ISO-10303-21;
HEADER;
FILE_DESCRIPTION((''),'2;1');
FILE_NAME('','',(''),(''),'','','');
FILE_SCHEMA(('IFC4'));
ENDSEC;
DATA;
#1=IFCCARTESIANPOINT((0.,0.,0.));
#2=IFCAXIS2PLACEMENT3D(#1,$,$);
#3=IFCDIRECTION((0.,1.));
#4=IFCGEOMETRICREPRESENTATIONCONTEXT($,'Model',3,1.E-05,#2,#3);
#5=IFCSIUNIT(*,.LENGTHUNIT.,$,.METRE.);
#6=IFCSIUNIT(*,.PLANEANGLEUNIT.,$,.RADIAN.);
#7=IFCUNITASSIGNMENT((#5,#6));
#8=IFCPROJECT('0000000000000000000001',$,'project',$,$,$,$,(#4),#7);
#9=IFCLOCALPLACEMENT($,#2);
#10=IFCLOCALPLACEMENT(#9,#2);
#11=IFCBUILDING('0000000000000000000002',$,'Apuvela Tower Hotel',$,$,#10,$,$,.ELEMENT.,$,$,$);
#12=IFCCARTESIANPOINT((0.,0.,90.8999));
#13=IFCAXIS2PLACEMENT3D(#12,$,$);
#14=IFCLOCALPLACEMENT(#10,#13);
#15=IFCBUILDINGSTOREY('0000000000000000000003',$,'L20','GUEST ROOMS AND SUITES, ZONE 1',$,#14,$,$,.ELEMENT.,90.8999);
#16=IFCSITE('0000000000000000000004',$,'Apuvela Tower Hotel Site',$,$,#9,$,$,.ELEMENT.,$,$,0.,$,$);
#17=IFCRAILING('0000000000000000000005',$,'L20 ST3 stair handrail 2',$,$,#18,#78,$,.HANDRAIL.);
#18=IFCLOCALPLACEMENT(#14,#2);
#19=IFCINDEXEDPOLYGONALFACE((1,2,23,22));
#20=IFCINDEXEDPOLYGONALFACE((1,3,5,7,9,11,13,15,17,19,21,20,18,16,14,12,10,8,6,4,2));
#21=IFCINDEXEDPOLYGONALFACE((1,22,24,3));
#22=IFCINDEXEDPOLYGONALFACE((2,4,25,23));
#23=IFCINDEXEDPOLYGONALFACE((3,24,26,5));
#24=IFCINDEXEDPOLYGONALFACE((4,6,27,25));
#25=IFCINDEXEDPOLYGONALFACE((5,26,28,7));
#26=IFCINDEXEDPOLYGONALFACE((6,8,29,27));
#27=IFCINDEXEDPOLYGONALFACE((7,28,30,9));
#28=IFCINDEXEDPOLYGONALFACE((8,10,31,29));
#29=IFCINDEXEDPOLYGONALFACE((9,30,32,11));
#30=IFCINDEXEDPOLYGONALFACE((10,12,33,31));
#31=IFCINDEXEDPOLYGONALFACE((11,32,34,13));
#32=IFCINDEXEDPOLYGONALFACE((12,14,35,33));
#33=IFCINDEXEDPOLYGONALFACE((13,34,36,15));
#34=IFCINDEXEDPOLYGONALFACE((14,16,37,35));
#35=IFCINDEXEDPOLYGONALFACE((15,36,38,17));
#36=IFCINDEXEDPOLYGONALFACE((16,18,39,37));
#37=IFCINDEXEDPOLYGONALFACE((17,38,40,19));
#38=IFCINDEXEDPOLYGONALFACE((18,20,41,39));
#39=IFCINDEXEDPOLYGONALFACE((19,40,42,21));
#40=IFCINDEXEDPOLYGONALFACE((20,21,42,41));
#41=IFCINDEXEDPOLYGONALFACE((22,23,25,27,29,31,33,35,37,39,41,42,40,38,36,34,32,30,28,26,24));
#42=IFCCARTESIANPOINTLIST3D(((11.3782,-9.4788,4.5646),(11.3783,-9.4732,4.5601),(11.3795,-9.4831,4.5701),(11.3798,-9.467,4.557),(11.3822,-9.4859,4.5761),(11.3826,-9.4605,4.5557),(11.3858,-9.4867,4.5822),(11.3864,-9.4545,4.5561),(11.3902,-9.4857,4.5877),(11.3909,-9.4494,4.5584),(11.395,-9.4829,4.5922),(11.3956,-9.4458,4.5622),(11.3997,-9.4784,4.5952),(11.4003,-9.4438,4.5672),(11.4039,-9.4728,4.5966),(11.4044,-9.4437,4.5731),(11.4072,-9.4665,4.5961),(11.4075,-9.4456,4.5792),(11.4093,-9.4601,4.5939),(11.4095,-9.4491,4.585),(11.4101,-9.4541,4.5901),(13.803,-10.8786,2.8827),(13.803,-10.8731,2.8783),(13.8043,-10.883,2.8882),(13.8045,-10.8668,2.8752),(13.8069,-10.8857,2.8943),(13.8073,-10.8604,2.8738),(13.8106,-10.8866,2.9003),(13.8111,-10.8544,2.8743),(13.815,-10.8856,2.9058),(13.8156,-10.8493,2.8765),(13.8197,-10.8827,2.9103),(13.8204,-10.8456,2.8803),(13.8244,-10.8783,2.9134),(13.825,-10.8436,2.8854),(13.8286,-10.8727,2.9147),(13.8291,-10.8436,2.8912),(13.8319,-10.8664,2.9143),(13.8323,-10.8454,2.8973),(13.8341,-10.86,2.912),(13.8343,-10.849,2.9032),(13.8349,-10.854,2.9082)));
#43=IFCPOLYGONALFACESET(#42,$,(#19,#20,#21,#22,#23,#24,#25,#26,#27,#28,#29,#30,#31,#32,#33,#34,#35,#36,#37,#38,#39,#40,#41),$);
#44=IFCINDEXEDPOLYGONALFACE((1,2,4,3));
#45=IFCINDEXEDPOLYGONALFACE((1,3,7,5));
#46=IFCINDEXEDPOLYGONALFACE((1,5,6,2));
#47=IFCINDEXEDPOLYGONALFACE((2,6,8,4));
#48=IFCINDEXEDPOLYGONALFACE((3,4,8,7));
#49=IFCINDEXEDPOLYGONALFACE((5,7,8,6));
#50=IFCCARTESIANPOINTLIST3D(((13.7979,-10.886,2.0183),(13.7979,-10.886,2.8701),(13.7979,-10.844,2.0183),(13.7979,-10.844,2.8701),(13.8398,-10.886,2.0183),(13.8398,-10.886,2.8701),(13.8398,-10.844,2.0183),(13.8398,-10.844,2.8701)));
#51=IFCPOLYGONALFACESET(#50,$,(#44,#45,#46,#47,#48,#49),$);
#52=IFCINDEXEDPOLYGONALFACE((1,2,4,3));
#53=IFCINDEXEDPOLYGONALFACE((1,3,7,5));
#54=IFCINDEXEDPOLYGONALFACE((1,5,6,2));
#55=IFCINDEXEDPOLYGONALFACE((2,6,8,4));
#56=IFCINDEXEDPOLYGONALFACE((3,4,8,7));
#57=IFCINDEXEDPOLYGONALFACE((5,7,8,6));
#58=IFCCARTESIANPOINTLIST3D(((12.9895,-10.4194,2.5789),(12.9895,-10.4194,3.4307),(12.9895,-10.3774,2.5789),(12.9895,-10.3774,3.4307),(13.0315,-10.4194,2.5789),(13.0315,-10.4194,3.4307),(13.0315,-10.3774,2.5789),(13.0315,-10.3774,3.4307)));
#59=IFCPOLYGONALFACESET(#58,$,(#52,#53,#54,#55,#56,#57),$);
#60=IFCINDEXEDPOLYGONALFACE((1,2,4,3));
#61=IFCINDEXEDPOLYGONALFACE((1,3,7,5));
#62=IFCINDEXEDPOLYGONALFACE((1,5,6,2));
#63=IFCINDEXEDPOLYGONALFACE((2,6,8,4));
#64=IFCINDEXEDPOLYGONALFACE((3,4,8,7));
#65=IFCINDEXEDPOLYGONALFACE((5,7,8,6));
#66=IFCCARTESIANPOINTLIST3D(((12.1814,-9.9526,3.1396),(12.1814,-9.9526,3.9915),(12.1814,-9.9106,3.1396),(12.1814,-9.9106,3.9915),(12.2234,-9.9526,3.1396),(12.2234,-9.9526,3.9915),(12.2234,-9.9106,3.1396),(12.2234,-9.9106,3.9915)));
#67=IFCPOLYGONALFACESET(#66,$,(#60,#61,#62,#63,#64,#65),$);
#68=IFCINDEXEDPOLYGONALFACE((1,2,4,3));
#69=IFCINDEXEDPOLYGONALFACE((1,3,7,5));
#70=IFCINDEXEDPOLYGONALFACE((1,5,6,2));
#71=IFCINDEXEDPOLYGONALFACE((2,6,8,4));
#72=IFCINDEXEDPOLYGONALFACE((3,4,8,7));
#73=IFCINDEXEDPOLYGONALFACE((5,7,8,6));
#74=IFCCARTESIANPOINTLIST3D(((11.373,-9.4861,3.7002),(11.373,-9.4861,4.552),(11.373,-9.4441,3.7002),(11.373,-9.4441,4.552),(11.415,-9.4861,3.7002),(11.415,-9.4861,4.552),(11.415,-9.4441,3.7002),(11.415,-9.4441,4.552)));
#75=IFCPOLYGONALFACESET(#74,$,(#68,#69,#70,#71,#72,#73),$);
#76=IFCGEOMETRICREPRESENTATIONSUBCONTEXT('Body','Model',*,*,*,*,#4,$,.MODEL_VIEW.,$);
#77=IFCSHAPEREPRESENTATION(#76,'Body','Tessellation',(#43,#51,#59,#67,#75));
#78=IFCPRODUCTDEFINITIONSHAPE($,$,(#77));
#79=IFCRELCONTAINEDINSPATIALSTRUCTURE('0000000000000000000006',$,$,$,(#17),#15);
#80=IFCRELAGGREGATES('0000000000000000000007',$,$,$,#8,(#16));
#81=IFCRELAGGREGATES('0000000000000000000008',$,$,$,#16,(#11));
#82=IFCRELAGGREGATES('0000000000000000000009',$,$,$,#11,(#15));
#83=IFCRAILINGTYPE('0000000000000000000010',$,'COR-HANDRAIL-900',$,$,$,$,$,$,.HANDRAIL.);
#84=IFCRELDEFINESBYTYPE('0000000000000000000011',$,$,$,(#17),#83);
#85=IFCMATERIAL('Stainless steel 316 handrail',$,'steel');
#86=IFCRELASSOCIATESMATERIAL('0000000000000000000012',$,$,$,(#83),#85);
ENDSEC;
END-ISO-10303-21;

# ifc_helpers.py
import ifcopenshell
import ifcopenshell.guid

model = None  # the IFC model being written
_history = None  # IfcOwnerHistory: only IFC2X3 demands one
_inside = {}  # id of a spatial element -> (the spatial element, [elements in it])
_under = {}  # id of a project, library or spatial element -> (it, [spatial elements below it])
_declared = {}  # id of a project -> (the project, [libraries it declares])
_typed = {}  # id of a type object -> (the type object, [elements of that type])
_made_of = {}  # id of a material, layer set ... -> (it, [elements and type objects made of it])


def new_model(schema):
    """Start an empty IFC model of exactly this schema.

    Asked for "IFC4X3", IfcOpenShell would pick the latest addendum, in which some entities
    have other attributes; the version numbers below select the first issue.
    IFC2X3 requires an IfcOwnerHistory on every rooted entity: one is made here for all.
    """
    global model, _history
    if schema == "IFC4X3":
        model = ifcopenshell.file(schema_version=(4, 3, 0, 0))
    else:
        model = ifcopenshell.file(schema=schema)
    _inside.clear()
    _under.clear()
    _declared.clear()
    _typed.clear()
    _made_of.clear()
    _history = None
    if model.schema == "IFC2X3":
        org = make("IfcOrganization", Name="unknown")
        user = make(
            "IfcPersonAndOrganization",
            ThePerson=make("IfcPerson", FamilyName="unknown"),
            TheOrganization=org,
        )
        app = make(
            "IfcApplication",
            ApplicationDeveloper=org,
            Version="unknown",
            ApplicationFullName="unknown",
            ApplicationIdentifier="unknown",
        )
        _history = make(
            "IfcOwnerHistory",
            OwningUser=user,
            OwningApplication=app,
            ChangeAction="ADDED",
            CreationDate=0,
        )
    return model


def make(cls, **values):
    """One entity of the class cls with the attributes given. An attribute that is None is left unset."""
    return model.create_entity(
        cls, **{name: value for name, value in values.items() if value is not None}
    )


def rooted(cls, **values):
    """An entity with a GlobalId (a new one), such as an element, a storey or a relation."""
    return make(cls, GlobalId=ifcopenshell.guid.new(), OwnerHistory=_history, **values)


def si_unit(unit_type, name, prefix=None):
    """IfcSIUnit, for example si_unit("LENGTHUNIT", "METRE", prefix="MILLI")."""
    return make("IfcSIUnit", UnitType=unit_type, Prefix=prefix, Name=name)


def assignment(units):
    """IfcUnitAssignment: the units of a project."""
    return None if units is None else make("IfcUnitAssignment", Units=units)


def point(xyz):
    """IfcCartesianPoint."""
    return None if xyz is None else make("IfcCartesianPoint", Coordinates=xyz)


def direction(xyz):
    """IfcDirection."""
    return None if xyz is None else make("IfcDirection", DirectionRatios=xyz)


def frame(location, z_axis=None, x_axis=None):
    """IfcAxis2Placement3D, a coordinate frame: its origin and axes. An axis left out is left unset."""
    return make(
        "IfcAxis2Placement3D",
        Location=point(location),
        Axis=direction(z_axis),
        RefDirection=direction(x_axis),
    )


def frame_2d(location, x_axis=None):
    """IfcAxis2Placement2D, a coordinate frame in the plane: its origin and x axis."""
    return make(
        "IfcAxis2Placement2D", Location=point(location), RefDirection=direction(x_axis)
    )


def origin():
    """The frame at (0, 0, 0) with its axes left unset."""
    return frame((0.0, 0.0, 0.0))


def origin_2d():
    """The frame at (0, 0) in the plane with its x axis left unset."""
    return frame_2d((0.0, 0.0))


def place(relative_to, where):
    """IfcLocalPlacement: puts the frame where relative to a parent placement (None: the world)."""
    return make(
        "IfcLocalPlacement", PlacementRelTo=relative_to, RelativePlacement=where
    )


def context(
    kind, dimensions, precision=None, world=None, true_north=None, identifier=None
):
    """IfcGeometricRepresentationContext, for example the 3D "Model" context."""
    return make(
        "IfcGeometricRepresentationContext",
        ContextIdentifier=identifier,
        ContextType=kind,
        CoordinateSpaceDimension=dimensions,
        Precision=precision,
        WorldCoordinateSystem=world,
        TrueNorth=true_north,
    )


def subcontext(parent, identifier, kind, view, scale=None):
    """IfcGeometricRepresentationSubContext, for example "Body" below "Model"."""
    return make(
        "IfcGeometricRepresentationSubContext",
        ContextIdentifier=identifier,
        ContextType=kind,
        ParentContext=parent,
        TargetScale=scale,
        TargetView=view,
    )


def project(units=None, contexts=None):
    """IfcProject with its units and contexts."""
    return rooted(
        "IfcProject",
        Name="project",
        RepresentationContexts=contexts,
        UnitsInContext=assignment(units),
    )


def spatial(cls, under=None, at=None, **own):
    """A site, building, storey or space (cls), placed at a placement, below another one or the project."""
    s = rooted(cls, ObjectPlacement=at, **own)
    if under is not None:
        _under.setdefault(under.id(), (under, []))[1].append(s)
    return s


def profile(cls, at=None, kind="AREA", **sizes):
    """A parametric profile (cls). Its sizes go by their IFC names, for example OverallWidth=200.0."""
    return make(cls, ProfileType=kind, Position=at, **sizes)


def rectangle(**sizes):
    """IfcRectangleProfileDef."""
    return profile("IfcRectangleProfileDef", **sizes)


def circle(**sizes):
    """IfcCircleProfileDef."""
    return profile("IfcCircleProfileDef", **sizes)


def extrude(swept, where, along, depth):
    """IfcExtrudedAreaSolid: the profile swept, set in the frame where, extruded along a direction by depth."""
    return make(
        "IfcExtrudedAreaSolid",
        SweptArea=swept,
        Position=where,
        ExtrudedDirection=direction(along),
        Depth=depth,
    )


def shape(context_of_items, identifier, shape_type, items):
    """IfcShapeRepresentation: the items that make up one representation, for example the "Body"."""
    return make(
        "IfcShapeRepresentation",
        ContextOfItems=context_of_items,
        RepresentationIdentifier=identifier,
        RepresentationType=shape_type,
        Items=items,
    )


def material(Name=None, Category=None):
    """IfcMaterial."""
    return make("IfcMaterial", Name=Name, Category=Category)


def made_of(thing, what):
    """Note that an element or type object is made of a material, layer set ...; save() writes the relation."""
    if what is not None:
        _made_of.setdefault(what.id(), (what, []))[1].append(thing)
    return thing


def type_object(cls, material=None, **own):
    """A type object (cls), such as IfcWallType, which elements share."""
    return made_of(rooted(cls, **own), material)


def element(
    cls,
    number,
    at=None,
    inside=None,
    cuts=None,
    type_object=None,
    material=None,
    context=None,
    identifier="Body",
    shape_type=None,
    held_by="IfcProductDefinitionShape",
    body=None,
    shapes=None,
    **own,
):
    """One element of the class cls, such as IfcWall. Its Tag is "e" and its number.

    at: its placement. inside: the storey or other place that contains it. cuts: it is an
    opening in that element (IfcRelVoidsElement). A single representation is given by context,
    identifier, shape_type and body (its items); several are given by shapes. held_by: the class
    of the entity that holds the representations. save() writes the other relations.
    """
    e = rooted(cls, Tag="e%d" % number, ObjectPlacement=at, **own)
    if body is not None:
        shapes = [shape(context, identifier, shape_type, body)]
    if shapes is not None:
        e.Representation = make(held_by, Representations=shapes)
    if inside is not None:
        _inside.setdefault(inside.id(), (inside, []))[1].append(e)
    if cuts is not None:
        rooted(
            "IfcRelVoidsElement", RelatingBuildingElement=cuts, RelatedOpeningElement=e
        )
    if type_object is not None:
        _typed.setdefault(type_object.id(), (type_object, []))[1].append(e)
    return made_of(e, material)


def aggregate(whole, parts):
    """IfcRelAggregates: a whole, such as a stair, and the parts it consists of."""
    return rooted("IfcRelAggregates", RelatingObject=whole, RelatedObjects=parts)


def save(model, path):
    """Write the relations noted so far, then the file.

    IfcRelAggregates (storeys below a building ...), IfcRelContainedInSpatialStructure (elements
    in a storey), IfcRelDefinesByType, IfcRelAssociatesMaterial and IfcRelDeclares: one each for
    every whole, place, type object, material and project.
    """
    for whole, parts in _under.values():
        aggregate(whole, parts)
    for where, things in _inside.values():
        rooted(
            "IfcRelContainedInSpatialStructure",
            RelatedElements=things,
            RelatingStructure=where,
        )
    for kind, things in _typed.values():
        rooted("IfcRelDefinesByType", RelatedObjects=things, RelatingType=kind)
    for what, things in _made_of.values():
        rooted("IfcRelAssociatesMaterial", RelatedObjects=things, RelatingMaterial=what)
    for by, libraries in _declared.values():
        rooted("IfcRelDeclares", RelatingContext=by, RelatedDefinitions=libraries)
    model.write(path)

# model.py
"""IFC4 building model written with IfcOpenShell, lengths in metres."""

from ifc_helpers import new_model, si_unit, direction, frame, origin, origin_2d, place, context, subcontext, project, spatial, rectangle, circle, extrude, material, type_object, element, save


model = new_model("IFC4")

# Units and contexts
model_context = context("Model", 3, precision=1e-05, world=origin(), true_north=direction((0.0, 1.0)))
body_context = subcontext(model_context, "Body", "Model", "MODEL_VIEW")
ifc_project = project(units=[si_unit("LENGTHUNIT", "METRE"), si_unit("PLANEANGLEUNIT", "RADIAN")], contexts=[model_context])

# Site, building, storey
site_placement = place(None, origin())
site = spatial("IfcSite", under=ifc_project, at=site_placement, Name="Apuvela Tower Hotel Site", CompositionType="ELEMENT", RefElevation=0.0)
building_placement = place(site_placement, origin())
building = spatial("IfcBuilding", under=site, at=building_placement, Name="Apuvela Tower Hotel", CompositionType="ELEMENT")
storey_placement = place(building_placement, frame((0.0, 0.0, 90.8999)))
storey = spatial("IfcBuildingStorey", under=building, at=storey_placement, Name="L20", Description="GUEST ROOMS AND SUITES, ZONE 1", CompositionType="ELEMENT", Elevation=90.8999)

# Railing
ifc_material_1 = material(Name="Stainless steel 316 handrail", Category="steel")
railing_type_1 = type_object("IfcRailingType", Name="COR-HANDRAIL-900", PredefinedType="HANDRAIL", material=ifc_material_1)
railing_1_placement = place(storey_placement, frame((13.8188, -10.865, 2.0183)))
element("IfcRailing", 1, at=railing_1_placement, inside=storey, type_object=railing_type_1, Name="L20 ST3 stair handrail 2", PredefinedType="HANDRAIL", context=body_context, shape_type="SweptSolid", body=[
    extrude(circle(Radius=0.0239, at=origin_2d()), frame((0.0, 0.0, 0.876), z_axis=(-0.74239, 0.428601, 0.514934), x_axis=(-0.499984, -0.866035, 0.0)), (0.0, 0.0, 1.0), 3.2661),
    extrude(rectangle(XDim=0.042, YDim=0.042, at=origin_2d()), origin(), (0.0, 0.0, 1.0), 0.8518),
    extrude(rectangle(XDim=0.042, YDim=0.042, at=origin_2d()), frame((-0.8083, 0.4666, 0.5605)), (0.0, 0.0, 1.0), 0.8518),
    extrude(rectangle(XDim=0.042, YDim=0.042, at=origin_2d()), frame((-1.6165, 0.9333, 1.1213)), (0.0, 0.0, 1.0), 0.8518),
    extrude(rectangle(XDim=0.042, YDim=0.042, at=origin_2d()), frame((-2.4248, 1.3999, 1.6819)), (0.0, 0.0, 1.0), 0.8518),
])

save(model, "model.ifc")
